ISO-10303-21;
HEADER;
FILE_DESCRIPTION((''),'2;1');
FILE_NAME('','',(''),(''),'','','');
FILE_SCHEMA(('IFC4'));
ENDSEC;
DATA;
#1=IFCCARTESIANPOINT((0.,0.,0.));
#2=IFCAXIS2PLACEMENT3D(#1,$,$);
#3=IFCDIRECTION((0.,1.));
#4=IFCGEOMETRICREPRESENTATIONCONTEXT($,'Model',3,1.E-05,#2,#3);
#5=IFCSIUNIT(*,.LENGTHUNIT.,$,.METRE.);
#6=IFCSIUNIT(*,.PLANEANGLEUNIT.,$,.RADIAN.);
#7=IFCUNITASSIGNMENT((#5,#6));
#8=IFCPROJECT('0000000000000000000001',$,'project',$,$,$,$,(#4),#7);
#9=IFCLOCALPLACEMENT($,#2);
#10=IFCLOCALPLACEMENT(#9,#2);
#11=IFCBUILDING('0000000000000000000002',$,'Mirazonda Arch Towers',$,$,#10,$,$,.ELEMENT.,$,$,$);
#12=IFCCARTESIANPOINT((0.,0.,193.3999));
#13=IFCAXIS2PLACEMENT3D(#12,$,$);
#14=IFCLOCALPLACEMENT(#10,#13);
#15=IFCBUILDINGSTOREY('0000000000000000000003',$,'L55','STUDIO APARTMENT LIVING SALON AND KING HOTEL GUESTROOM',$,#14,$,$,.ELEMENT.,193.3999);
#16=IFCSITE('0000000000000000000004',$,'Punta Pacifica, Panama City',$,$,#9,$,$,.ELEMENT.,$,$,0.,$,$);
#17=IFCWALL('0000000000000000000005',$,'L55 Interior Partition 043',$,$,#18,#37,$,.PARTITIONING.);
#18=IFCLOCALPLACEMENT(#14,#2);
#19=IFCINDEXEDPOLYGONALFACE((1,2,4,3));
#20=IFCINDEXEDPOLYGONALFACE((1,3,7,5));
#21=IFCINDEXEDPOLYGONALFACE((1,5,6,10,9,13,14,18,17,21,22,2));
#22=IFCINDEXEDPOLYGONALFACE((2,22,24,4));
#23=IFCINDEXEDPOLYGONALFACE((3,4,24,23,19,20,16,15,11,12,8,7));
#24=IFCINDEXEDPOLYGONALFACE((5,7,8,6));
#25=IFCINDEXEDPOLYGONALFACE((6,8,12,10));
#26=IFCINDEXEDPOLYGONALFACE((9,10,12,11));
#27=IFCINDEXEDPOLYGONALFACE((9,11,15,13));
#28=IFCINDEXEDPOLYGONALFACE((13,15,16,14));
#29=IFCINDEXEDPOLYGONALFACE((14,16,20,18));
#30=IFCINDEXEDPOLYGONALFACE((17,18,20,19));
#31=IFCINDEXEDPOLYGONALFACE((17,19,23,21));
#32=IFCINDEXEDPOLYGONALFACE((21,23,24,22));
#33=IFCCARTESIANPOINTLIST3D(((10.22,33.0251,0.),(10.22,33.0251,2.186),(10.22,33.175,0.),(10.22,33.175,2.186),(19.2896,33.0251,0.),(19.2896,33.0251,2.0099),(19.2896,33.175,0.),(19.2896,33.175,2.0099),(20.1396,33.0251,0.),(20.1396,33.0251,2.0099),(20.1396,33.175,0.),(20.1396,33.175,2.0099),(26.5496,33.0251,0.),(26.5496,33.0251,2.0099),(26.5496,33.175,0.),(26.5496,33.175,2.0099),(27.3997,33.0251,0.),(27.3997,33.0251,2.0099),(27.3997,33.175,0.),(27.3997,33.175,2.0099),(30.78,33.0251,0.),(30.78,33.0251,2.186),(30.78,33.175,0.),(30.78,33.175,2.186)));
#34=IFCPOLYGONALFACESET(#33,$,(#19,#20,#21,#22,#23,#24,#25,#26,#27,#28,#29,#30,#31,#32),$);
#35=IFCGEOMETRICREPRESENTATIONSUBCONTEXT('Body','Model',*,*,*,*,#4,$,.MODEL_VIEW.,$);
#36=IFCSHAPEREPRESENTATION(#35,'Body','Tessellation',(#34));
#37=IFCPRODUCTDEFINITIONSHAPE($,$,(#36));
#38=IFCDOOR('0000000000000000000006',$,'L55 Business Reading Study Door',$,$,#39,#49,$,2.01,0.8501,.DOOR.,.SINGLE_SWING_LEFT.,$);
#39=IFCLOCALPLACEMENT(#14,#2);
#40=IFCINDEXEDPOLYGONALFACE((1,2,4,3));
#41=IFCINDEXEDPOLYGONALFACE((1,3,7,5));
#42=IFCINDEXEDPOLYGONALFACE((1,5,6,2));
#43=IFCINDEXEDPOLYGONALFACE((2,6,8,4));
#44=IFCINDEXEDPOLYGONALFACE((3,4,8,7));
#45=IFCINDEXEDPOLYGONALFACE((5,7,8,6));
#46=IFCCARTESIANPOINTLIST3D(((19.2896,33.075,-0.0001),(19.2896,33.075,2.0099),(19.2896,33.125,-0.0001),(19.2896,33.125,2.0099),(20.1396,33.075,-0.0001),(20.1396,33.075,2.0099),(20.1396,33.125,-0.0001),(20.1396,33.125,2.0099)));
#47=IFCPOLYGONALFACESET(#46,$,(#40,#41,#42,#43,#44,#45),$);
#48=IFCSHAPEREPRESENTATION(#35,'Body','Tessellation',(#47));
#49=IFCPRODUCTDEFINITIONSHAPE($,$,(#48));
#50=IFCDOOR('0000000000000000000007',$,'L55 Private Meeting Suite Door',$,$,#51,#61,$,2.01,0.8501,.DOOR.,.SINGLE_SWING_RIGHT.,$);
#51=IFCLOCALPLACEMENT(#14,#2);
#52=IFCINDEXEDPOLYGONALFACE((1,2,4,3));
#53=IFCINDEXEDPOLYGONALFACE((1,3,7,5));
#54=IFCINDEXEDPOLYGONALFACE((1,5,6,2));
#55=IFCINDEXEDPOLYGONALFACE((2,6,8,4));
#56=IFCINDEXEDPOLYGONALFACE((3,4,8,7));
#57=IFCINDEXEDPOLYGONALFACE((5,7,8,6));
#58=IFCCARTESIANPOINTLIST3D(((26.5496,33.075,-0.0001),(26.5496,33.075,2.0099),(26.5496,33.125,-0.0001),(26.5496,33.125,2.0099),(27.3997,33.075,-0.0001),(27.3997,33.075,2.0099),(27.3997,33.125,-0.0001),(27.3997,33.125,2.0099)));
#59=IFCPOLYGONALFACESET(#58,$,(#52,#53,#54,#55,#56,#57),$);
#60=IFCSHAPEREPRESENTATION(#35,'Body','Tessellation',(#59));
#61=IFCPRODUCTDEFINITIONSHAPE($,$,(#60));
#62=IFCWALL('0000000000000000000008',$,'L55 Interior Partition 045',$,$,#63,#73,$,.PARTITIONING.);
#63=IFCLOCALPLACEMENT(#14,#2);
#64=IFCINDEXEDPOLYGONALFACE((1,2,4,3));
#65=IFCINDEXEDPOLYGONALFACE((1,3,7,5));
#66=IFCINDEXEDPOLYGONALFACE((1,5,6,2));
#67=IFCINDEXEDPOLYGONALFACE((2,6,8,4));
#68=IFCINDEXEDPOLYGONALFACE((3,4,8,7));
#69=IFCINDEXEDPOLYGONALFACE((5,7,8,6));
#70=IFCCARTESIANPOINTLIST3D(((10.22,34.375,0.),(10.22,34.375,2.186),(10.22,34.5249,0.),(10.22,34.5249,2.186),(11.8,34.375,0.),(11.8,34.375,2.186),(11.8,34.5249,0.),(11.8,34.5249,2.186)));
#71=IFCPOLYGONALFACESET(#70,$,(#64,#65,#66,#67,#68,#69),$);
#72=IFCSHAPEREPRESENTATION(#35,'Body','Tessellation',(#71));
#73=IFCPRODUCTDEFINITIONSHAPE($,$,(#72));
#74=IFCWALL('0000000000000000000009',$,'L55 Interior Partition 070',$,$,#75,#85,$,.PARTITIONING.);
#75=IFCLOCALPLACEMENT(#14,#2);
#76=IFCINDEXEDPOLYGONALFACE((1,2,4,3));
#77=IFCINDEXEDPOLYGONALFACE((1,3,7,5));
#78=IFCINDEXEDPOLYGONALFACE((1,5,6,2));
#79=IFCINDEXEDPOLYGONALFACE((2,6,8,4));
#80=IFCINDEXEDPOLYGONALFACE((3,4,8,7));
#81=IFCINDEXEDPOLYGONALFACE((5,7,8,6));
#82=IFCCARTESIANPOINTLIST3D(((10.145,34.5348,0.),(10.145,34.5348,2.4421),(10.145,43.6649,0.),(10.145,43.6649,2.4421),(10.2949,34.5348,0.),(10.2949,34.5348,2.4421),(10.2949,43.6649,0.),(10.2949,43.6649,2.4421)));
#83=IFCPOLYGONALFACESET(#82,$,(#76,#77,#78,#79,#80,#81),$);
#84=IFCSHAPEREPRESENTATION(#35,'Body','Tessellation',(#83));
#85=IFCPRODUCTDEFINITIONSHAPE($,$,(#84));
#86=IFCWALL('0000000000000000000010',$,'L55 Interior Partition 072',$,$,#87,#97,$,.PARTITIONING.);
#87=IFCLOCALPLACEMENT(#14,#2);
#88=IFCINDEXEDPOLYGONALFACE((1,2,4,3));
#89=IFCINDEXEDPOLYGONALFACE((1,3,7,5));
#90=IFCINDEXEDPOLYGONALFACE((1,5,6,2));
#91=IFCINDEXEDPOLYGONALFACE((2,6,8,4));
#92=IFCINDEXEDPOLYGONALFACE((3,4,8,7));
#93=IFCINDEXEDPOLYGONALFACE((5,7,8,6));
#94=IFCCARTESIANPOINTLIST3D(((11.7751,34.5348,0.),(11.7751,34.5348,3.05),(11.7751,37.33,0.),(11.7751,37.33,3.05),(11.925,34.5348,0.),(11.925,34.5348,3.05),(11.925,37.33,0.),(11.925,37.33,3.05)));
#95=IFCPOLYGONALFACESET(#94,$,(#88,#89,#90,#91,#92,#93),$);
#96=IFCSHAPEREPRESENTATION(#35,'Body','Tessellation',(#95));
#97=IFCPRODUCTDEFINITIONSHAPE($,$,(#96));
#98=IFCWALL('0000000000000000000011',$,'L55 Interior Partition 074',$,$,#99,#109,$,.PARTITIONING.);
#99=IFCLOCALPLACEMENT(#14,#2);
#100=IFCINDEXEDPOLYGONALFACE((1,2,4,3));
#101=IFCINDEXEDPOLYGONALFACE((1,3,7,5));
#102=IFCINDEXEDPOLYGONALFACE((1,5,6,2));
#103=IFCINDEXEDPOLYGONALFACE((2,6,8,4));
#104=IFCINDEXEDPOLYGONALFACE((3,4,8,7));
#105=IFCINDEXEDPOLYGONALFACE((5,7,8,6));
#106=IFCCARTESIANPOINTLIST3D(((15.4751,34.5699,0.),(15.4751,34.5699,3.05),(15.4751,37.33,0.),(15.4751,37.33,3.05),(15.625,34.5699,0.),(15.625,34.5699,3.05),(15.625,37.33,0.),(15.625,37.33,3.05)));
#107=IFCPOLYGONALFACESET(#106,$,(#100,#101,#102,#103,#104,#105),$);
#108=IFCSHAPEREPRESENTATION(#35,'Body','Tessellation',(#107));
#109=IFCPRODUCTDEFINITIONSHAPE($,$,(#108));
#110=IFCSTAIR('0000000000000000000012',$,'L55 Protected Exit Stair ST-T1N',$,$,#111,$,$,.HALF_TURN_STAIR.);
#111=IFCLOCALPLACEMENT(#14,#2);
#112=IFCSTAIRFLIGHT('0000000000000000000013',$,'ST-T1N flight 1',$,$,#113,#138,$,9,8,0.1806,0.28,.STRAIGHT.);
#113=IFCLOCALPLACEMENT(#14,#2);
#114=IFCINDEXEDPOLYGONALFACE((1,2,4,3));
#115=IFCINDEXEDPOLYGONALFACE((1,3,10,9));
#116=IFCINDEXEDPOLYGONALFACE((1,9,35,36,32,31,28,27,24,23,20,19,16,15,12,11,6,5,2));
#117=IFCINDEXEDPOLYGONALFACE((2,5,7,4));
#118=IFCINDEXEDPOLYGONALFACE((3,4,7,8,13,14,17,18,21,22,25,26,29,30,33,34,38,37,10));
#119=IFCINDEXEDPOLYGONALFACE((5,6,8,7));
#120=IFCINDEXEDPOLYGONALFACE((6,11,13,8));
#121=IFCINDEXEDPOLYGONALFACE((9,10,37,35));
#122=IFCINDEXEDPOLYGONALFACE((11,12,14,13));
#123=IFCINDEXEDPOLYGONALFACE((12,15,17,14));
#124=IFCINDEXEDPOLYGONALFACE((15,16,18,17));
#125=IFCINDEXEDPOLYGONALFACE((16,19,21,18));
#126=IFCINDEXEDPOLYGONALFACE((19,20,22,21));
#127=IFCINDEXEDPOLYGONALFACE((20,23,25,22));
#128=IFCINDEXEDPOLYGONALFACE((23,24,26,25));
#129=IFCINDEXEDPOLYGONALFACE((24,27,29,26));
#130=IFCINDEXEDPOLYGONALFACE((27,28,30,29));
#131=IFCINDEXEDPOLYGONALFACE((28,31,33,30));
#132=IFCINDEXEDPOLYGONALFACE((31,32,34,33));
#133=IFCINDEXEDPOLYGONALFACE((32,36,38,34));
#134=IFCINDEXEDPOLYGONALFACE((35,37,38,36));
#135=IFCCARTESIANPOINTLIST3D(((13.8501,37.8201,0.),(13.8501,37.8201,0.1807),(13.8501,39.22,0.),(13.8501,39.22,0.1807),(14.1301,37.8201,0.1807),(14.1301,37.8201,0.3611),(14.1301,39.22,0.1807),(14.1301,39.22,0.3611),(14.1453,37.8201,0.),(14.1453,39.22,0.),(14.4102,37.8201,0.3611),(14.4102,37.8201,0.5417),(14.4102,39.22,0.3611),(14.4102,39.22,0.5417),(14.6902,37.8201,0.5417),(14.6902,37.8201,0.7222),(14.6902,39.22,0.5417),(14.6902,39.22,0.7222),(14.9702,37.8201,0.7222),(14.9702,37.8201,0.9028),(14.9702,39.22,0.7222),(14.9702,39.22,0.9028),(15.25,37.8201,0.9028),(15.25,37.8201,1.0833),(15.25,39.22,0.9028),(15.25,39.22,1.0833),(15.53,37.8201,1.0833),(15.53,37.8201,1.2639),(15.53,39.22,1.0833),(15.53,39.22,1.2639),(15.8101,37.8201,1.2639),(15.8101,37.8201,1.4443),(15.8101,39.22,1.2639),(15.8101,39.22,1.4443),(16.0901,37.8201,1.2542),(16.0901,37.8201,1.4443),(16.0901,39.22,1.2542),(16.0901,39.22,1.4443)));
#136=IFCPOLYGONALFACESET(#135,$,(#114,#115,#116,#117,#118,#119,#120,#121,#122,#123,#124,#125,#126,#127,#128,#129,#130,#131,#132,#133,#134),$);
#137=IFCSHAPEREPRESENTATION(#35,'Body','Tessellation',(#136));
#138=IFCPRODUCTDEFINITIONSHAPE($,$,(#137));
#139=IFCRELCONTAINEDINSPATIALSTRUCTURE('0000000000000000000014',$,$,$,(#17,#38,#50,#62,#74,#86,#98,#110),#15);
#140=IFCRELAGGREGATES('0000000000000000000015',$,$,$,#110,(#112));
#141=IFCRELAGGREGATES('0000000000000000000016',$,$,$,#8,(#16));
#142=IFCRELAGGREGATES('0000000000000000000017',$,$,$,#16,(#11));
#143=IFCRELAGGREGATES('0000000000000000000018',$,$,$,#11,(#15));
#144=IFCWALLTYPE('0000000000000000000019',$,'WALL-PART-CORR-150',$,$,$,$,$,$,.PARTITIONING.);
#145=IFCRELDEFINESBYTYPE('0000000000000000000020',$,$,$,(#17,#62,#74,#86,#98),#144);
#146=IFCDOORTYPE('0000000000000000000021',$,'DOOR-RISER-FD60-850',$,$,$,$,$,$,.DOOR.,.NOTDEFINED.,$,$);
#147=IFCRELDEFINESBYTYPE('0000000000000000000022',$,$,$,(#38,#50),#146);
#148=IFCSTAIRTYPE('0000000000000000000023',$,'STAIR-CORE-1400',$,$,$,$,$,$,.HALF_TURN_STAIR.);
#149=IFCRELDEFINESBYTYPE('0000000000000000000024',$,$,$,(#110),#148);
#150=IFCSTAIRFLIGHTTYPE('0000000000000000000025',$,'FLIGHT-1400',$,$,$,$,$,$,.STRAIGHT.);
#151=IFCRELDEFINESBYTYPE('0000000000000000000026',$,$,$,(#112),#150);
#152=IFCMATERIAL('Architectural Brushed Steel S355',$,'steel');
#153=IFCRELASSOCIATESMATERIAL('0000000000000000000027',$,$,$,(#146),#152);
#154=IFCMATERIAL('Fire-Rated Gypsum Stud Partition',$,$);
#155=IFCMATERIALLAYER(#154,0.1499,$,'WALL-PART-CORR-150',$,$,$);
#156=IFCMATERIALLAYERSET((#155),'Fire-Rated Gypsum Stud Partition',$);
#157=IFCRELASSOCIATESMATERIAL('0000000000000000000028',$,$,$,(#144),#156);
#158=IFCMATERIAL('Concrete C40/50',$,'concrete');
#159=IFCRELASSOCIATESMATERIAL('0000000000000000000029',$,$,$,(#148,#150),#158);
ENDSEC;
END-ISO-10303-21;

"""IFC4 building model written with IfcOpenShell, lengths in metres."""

from ifc_helpers import new_model, si_unit, direction, frame, frame_2d, origin, place, context, subcontext, project, spatial, polyline, rectangle, outline, extrude, material, layer, layer_set, type_object, element, fill, aggregate, save


model = new_model("IFC4")

# Units and contexts
model_context = context("Model", 3, precision=1e-05, world=origin(), true_north=direction((0.0, 1.0)))
body_context = subcontext(model_context, "Body", "Model", "MODEL_VIEW")
ifc_project = project(units=[si_unit("LENGTHUNIT", "METRE"), si_unit("PLANEANGLEUNIT", "RADIAN")], contexts=[model_context])

# Site, building, storey
site_placement = place(None, origin())
site = spatial("IfcSite", under=ifc_project, at=site_placement, Name="Punta Pacifica, Panama City", CompositionType="ELEMENT", RefElevation=0.0)
building_placement = place(site_placement, origin())
building = spatial("IfcBuilding", under=site, at=building_placement, Name="Mirazonda Arch Towers", CompositionType="ELEMENT")
storey_placement = place(building_placement, frame((0.0, 0.0, 193.3999)))
storey = spatial("IfcBuildingStorey", under=building, at=storey_placement, Name="L55", Description="STUDIO APARTMENT LIVING SALON AND KING HOTEL GUESTROOM", CompositionType="ELEMENT", Elevation=193.3999)

# Wall, openings, doors
ifc_material_1 = material(Name="Architectural Brushed Steel S355", Category="steel")
ifc_material_2 = material(Name="Concrete C40/50", Category="concrete")
door_type_1 = type_object("IfcDoorType", Name="DOOR-RISER-FD60-850", OperationType="NOTDEFINED", PredefinedType="DOOR", material=ifc_material_1)
ifc_material_3 = material(Name="Fire-Rated Gypsum Stud Partition")
ifc_layer_1 = layer(ifc_material_3, 0.1499, Name="WALL-PART-CORR-150")
ifc_layer_set_1 = layer_set([ifc_layer_1], Name="Fire-Rated Gypsum Stud Partition")
wall_type_1 = type_object("IfcWallType", Name="WALL-PART-CORR-150", PredefinedType="PARTITIONING", material=ifc_layer_set_1)
wall_1_placement = place(storey_placement, frame((10.22, 33.1001, 0.0), z_axis=(0.0, 0.0, 1.0), x_axis=(1.0, 0.0, 0.0)))
wall_1 = element("IfcWall", 1, at=wall_1_placement, inside=storey, type_object=wall_type_1, Name="L55 Interior Partition 043", PredefinedType="PARTITIONING", context=body_context, shape_type="SweptSolid", body=[
    extrude(rectangle(XDim=20.5601, YDim=0.1499, at=frame_2d((10.28, 0.0))), origin(), (0.0, 0.0, 1.0), 2.186),
])
opening_1_placement = place(wall_1_placement, frame((9.0696, 0.0, 0.0)))
opening_1 = element("IfcOpeningElement", 2, at=opening_1_placement, cuts=wall_1, PredefinedType="OPENING", context=body_context, shape_type="SweptSolid", body=[
    extrude(rectangle(XDim=0.8501, YDim=2.01, at=frame_2d((0.425, 1.0049))), frame((0.0, 0.085, 0.0), z_axis=(0.0, -1.0, 0.0), x_axis=(1.0, 0.0, 0.0)), (0.0, 0.0, 1.0), 0.1699),
])
opening_2_placement = place(wall_1_placement, frame((16.3296, 0.0, 0.0)))
opening_2 = element("IfcOpeningElement", 3, at=opening_2_placement, cuts=wall_1, PredefinedType="OPENING", context=body_context, shape_type="SweptSolid", body=[
    extrude(rectangle(XDim=0.8501, YDim=2.01, at=frame_2d((0.425, 1.0049))), frame((0.0, 0.085, 0.0), z_axis=(0.0, -1.0, 0.0), x_axis=(1.0, 0.0, 0.0)), (0.0, 0.0, 1.0), 0.1699),
])
door_1_placement = place(opening_1_placement, origin())
door_1 = element("IfcDoor", 4, at=door_1_placement, inside=storey, type_object=door_type_1, Name="L55 Business Reading Study Door", OperationType="SINGLE_SWING_LEFT", OverallHeight=2.01, OverallWidth=0.8501, PredefinedType="DOOR", context=body_context, shape_type="SweptSolid", body=[
    extrude(rectangle(XDim=0.8501, YDim=2.01, at=frame_2d((0.425, 1.0049))), frame((0.0, 0.0249, 0.0), z_axis=(0.0, -1.0, 0.0), x_axis=(1.0, 0.0, 0.0)), (0.0, 0.0, 1.0), 0.05),
])
fill(opening_1, door_1)
door_2_placement = place(opening_2_placement, origin())
door_2 = element("IfcDoor", 5, at=door_2_placement, inside=storey, type_object=door_type_1, Name="L55 Private Meeting Suite Door", OperationType="SINGLE_SWING_RIGHT", OverallHeight=2.01, OverallWidth=0.8501, PredefinedType="DOOR", context=body_context, shape_type="SweptSolid", body=[
    extrude(rectangle(XDim=0.8501, YDim=2.01, at=frame_2d((0.425, 1.0049))), frame((0.0, 0.0249, 0.0), z_axis=(0.0, -1.0, 0.0), x_axis=(1.0, 0.0, 0.0)), (0.0, 0.0, 1.0), 0.05),
])
fill(opening_2, door_2)

# Walls
wall_2_placement = place(storey_placement, frame((10.22, 34.45, 0.0), z_axis=(0.0, 0.0, 1.0), x_axis=(1.0, 0.0, 0.0)))
element("IfcWall", 6, at=wall_2_placement, inside=storey, type_object=wall_type_1, Name="L55 Interior Partition 045", PredefinedType="PARTITIONING", context=body_context, shape_type="SweptSolid", body=[
    extrude(rectangle(XDim=1.5801, YDim=0.1499, at=frame_2d((0.79, 0.0))), origin(), (0.0, 0.0, 1.0), 2.186),
])
wall_3_placement = place(storey_placement, frame((10.22, 34.5349, 0.0), z_axis=(0.0, 0.0, 1.0), x_axis=(0.0, 1.0, 0.0)))
element("IfcWall", 7, at=wall_3_placement, inside=storey, type_object=wall_type_1, Name="L55 Interior Partition 070", PredefinedType="PARTITIONING", context=body_context, shape_type="SweptSolid", body=[
    extrude(rectangle(XDim=9.1301, YDim=0.1499, at=frame_2d((4.5649, 0.0))), origin(), (0.0, 0.0, 1.0), 2.4421),
])
wall_4_placement = place(storey_placement, frame((11.8501, 34.5349, 0.0), z_axis=(0.0, 0.0, 1.0), x_axis=(0.0, 1.0, 0.0)))
element("IfcWall", 8, at=wall_4_placement, inside=storey, type_object=wall_type_1, Name="L55 Interior Partition 072", PredefinedType="PARTITIONING", context=body_context, shape_type="SweptSolid", body=[
    extrude(rectangle(XDim=2.7952, YDim=0.1499, at=frame_2d((1.3975, 0.0))), origin(), (0.0, 0.0, 1.0), 3.05),
])
wall_5_placement = place(storey_placement, frame((15.55, 34.5701, 0.0), z_axis=(0.0, 0.0, 1.0), x_axis=(0.0, 1.0, 0.0)))
element("IfcWall", 9, at=wall_5_placement, inside=storey, type_object=wall_type_1, Name="L55 Interior Partition 074", PredefinedType="PARTITIONING", context=body_context, shape_type="SweptSolid", body=[
    extrude(rectangle(XDim=2.76, YDim=0.1499, at=frame_2d((1.3799, 0.0))), origin(), (0.0, 0.0, 1.0), 3.05),
])

# Stair, stair flight
stair_type = type_object("IfcStairType", Name="STAIR-CORE-1400", PredefinedType="HALF_TURN_STAIR", material=ifc_material_2)
stair_placement = place(storey_placement, origin())
stair = element("IfcStair", 10, at=stair_placement, inside=storey, type_object=stair_type, Name="L55 Protected Exit Stair ST-T1N", PredefinedType="HALF_TURN_STAIR")
stair_flight_type = type_object("IfcStairFlightType", Name="FLIGHT-1400", PredefinedType="STRAIGHT", material=ifc_material_2)
stair_flight_placement = place(storey_placement, frame((13.8501, 38.52, 0.0), z_axis=(0.0, 0.0, 1.0), x_axis=(1.0, 0.0, 0.0)))
stair_flight = element("IfcStairFlight", 11, at=stair_flight_placement, type_object=stair_flight_type, Name="ST-T1N flight 1", NumberOfRisers=9, NumberOfTreads=8, PredefinedType="STRAIGHT", RiserHeight=0.1806, TreadLength=0.28, context=body_context, shape_type="SweptSolid", body=[
    extrude(outline(polyline([(0.0, 0.0), (0.0, 0.1807), (0.28, 0.1807), (0.28, 0.3611), (0.5601, 0.3611), (0.5601, 0.5417), (0.8401, 0.5417), (0.8401, 0.7222), (1.1201, 0.7222), (1.1201, 0.9028), (1.3999, 0.9028), (1.3999, 1.0833), (1.6799, 1.0833), (1.6799, 1.2639), (1.96, 1.2639), (1.96, 1.4443), (2.24, 1.4443), (2.24, 1.625), (2.24, 1.2542), (0.2952, 0.0), (0.0, 0.0)])), frame((0.0, 0.7, 0.0), z_axis=(0.0, -1.0, 0.0), x_axis=(1.0, 0.0, 0.0)), (0.0, 0.0, 1.0), 1.3999),
])
aggregate(stair, [stair_flight])

save(model, "model.ifc")
